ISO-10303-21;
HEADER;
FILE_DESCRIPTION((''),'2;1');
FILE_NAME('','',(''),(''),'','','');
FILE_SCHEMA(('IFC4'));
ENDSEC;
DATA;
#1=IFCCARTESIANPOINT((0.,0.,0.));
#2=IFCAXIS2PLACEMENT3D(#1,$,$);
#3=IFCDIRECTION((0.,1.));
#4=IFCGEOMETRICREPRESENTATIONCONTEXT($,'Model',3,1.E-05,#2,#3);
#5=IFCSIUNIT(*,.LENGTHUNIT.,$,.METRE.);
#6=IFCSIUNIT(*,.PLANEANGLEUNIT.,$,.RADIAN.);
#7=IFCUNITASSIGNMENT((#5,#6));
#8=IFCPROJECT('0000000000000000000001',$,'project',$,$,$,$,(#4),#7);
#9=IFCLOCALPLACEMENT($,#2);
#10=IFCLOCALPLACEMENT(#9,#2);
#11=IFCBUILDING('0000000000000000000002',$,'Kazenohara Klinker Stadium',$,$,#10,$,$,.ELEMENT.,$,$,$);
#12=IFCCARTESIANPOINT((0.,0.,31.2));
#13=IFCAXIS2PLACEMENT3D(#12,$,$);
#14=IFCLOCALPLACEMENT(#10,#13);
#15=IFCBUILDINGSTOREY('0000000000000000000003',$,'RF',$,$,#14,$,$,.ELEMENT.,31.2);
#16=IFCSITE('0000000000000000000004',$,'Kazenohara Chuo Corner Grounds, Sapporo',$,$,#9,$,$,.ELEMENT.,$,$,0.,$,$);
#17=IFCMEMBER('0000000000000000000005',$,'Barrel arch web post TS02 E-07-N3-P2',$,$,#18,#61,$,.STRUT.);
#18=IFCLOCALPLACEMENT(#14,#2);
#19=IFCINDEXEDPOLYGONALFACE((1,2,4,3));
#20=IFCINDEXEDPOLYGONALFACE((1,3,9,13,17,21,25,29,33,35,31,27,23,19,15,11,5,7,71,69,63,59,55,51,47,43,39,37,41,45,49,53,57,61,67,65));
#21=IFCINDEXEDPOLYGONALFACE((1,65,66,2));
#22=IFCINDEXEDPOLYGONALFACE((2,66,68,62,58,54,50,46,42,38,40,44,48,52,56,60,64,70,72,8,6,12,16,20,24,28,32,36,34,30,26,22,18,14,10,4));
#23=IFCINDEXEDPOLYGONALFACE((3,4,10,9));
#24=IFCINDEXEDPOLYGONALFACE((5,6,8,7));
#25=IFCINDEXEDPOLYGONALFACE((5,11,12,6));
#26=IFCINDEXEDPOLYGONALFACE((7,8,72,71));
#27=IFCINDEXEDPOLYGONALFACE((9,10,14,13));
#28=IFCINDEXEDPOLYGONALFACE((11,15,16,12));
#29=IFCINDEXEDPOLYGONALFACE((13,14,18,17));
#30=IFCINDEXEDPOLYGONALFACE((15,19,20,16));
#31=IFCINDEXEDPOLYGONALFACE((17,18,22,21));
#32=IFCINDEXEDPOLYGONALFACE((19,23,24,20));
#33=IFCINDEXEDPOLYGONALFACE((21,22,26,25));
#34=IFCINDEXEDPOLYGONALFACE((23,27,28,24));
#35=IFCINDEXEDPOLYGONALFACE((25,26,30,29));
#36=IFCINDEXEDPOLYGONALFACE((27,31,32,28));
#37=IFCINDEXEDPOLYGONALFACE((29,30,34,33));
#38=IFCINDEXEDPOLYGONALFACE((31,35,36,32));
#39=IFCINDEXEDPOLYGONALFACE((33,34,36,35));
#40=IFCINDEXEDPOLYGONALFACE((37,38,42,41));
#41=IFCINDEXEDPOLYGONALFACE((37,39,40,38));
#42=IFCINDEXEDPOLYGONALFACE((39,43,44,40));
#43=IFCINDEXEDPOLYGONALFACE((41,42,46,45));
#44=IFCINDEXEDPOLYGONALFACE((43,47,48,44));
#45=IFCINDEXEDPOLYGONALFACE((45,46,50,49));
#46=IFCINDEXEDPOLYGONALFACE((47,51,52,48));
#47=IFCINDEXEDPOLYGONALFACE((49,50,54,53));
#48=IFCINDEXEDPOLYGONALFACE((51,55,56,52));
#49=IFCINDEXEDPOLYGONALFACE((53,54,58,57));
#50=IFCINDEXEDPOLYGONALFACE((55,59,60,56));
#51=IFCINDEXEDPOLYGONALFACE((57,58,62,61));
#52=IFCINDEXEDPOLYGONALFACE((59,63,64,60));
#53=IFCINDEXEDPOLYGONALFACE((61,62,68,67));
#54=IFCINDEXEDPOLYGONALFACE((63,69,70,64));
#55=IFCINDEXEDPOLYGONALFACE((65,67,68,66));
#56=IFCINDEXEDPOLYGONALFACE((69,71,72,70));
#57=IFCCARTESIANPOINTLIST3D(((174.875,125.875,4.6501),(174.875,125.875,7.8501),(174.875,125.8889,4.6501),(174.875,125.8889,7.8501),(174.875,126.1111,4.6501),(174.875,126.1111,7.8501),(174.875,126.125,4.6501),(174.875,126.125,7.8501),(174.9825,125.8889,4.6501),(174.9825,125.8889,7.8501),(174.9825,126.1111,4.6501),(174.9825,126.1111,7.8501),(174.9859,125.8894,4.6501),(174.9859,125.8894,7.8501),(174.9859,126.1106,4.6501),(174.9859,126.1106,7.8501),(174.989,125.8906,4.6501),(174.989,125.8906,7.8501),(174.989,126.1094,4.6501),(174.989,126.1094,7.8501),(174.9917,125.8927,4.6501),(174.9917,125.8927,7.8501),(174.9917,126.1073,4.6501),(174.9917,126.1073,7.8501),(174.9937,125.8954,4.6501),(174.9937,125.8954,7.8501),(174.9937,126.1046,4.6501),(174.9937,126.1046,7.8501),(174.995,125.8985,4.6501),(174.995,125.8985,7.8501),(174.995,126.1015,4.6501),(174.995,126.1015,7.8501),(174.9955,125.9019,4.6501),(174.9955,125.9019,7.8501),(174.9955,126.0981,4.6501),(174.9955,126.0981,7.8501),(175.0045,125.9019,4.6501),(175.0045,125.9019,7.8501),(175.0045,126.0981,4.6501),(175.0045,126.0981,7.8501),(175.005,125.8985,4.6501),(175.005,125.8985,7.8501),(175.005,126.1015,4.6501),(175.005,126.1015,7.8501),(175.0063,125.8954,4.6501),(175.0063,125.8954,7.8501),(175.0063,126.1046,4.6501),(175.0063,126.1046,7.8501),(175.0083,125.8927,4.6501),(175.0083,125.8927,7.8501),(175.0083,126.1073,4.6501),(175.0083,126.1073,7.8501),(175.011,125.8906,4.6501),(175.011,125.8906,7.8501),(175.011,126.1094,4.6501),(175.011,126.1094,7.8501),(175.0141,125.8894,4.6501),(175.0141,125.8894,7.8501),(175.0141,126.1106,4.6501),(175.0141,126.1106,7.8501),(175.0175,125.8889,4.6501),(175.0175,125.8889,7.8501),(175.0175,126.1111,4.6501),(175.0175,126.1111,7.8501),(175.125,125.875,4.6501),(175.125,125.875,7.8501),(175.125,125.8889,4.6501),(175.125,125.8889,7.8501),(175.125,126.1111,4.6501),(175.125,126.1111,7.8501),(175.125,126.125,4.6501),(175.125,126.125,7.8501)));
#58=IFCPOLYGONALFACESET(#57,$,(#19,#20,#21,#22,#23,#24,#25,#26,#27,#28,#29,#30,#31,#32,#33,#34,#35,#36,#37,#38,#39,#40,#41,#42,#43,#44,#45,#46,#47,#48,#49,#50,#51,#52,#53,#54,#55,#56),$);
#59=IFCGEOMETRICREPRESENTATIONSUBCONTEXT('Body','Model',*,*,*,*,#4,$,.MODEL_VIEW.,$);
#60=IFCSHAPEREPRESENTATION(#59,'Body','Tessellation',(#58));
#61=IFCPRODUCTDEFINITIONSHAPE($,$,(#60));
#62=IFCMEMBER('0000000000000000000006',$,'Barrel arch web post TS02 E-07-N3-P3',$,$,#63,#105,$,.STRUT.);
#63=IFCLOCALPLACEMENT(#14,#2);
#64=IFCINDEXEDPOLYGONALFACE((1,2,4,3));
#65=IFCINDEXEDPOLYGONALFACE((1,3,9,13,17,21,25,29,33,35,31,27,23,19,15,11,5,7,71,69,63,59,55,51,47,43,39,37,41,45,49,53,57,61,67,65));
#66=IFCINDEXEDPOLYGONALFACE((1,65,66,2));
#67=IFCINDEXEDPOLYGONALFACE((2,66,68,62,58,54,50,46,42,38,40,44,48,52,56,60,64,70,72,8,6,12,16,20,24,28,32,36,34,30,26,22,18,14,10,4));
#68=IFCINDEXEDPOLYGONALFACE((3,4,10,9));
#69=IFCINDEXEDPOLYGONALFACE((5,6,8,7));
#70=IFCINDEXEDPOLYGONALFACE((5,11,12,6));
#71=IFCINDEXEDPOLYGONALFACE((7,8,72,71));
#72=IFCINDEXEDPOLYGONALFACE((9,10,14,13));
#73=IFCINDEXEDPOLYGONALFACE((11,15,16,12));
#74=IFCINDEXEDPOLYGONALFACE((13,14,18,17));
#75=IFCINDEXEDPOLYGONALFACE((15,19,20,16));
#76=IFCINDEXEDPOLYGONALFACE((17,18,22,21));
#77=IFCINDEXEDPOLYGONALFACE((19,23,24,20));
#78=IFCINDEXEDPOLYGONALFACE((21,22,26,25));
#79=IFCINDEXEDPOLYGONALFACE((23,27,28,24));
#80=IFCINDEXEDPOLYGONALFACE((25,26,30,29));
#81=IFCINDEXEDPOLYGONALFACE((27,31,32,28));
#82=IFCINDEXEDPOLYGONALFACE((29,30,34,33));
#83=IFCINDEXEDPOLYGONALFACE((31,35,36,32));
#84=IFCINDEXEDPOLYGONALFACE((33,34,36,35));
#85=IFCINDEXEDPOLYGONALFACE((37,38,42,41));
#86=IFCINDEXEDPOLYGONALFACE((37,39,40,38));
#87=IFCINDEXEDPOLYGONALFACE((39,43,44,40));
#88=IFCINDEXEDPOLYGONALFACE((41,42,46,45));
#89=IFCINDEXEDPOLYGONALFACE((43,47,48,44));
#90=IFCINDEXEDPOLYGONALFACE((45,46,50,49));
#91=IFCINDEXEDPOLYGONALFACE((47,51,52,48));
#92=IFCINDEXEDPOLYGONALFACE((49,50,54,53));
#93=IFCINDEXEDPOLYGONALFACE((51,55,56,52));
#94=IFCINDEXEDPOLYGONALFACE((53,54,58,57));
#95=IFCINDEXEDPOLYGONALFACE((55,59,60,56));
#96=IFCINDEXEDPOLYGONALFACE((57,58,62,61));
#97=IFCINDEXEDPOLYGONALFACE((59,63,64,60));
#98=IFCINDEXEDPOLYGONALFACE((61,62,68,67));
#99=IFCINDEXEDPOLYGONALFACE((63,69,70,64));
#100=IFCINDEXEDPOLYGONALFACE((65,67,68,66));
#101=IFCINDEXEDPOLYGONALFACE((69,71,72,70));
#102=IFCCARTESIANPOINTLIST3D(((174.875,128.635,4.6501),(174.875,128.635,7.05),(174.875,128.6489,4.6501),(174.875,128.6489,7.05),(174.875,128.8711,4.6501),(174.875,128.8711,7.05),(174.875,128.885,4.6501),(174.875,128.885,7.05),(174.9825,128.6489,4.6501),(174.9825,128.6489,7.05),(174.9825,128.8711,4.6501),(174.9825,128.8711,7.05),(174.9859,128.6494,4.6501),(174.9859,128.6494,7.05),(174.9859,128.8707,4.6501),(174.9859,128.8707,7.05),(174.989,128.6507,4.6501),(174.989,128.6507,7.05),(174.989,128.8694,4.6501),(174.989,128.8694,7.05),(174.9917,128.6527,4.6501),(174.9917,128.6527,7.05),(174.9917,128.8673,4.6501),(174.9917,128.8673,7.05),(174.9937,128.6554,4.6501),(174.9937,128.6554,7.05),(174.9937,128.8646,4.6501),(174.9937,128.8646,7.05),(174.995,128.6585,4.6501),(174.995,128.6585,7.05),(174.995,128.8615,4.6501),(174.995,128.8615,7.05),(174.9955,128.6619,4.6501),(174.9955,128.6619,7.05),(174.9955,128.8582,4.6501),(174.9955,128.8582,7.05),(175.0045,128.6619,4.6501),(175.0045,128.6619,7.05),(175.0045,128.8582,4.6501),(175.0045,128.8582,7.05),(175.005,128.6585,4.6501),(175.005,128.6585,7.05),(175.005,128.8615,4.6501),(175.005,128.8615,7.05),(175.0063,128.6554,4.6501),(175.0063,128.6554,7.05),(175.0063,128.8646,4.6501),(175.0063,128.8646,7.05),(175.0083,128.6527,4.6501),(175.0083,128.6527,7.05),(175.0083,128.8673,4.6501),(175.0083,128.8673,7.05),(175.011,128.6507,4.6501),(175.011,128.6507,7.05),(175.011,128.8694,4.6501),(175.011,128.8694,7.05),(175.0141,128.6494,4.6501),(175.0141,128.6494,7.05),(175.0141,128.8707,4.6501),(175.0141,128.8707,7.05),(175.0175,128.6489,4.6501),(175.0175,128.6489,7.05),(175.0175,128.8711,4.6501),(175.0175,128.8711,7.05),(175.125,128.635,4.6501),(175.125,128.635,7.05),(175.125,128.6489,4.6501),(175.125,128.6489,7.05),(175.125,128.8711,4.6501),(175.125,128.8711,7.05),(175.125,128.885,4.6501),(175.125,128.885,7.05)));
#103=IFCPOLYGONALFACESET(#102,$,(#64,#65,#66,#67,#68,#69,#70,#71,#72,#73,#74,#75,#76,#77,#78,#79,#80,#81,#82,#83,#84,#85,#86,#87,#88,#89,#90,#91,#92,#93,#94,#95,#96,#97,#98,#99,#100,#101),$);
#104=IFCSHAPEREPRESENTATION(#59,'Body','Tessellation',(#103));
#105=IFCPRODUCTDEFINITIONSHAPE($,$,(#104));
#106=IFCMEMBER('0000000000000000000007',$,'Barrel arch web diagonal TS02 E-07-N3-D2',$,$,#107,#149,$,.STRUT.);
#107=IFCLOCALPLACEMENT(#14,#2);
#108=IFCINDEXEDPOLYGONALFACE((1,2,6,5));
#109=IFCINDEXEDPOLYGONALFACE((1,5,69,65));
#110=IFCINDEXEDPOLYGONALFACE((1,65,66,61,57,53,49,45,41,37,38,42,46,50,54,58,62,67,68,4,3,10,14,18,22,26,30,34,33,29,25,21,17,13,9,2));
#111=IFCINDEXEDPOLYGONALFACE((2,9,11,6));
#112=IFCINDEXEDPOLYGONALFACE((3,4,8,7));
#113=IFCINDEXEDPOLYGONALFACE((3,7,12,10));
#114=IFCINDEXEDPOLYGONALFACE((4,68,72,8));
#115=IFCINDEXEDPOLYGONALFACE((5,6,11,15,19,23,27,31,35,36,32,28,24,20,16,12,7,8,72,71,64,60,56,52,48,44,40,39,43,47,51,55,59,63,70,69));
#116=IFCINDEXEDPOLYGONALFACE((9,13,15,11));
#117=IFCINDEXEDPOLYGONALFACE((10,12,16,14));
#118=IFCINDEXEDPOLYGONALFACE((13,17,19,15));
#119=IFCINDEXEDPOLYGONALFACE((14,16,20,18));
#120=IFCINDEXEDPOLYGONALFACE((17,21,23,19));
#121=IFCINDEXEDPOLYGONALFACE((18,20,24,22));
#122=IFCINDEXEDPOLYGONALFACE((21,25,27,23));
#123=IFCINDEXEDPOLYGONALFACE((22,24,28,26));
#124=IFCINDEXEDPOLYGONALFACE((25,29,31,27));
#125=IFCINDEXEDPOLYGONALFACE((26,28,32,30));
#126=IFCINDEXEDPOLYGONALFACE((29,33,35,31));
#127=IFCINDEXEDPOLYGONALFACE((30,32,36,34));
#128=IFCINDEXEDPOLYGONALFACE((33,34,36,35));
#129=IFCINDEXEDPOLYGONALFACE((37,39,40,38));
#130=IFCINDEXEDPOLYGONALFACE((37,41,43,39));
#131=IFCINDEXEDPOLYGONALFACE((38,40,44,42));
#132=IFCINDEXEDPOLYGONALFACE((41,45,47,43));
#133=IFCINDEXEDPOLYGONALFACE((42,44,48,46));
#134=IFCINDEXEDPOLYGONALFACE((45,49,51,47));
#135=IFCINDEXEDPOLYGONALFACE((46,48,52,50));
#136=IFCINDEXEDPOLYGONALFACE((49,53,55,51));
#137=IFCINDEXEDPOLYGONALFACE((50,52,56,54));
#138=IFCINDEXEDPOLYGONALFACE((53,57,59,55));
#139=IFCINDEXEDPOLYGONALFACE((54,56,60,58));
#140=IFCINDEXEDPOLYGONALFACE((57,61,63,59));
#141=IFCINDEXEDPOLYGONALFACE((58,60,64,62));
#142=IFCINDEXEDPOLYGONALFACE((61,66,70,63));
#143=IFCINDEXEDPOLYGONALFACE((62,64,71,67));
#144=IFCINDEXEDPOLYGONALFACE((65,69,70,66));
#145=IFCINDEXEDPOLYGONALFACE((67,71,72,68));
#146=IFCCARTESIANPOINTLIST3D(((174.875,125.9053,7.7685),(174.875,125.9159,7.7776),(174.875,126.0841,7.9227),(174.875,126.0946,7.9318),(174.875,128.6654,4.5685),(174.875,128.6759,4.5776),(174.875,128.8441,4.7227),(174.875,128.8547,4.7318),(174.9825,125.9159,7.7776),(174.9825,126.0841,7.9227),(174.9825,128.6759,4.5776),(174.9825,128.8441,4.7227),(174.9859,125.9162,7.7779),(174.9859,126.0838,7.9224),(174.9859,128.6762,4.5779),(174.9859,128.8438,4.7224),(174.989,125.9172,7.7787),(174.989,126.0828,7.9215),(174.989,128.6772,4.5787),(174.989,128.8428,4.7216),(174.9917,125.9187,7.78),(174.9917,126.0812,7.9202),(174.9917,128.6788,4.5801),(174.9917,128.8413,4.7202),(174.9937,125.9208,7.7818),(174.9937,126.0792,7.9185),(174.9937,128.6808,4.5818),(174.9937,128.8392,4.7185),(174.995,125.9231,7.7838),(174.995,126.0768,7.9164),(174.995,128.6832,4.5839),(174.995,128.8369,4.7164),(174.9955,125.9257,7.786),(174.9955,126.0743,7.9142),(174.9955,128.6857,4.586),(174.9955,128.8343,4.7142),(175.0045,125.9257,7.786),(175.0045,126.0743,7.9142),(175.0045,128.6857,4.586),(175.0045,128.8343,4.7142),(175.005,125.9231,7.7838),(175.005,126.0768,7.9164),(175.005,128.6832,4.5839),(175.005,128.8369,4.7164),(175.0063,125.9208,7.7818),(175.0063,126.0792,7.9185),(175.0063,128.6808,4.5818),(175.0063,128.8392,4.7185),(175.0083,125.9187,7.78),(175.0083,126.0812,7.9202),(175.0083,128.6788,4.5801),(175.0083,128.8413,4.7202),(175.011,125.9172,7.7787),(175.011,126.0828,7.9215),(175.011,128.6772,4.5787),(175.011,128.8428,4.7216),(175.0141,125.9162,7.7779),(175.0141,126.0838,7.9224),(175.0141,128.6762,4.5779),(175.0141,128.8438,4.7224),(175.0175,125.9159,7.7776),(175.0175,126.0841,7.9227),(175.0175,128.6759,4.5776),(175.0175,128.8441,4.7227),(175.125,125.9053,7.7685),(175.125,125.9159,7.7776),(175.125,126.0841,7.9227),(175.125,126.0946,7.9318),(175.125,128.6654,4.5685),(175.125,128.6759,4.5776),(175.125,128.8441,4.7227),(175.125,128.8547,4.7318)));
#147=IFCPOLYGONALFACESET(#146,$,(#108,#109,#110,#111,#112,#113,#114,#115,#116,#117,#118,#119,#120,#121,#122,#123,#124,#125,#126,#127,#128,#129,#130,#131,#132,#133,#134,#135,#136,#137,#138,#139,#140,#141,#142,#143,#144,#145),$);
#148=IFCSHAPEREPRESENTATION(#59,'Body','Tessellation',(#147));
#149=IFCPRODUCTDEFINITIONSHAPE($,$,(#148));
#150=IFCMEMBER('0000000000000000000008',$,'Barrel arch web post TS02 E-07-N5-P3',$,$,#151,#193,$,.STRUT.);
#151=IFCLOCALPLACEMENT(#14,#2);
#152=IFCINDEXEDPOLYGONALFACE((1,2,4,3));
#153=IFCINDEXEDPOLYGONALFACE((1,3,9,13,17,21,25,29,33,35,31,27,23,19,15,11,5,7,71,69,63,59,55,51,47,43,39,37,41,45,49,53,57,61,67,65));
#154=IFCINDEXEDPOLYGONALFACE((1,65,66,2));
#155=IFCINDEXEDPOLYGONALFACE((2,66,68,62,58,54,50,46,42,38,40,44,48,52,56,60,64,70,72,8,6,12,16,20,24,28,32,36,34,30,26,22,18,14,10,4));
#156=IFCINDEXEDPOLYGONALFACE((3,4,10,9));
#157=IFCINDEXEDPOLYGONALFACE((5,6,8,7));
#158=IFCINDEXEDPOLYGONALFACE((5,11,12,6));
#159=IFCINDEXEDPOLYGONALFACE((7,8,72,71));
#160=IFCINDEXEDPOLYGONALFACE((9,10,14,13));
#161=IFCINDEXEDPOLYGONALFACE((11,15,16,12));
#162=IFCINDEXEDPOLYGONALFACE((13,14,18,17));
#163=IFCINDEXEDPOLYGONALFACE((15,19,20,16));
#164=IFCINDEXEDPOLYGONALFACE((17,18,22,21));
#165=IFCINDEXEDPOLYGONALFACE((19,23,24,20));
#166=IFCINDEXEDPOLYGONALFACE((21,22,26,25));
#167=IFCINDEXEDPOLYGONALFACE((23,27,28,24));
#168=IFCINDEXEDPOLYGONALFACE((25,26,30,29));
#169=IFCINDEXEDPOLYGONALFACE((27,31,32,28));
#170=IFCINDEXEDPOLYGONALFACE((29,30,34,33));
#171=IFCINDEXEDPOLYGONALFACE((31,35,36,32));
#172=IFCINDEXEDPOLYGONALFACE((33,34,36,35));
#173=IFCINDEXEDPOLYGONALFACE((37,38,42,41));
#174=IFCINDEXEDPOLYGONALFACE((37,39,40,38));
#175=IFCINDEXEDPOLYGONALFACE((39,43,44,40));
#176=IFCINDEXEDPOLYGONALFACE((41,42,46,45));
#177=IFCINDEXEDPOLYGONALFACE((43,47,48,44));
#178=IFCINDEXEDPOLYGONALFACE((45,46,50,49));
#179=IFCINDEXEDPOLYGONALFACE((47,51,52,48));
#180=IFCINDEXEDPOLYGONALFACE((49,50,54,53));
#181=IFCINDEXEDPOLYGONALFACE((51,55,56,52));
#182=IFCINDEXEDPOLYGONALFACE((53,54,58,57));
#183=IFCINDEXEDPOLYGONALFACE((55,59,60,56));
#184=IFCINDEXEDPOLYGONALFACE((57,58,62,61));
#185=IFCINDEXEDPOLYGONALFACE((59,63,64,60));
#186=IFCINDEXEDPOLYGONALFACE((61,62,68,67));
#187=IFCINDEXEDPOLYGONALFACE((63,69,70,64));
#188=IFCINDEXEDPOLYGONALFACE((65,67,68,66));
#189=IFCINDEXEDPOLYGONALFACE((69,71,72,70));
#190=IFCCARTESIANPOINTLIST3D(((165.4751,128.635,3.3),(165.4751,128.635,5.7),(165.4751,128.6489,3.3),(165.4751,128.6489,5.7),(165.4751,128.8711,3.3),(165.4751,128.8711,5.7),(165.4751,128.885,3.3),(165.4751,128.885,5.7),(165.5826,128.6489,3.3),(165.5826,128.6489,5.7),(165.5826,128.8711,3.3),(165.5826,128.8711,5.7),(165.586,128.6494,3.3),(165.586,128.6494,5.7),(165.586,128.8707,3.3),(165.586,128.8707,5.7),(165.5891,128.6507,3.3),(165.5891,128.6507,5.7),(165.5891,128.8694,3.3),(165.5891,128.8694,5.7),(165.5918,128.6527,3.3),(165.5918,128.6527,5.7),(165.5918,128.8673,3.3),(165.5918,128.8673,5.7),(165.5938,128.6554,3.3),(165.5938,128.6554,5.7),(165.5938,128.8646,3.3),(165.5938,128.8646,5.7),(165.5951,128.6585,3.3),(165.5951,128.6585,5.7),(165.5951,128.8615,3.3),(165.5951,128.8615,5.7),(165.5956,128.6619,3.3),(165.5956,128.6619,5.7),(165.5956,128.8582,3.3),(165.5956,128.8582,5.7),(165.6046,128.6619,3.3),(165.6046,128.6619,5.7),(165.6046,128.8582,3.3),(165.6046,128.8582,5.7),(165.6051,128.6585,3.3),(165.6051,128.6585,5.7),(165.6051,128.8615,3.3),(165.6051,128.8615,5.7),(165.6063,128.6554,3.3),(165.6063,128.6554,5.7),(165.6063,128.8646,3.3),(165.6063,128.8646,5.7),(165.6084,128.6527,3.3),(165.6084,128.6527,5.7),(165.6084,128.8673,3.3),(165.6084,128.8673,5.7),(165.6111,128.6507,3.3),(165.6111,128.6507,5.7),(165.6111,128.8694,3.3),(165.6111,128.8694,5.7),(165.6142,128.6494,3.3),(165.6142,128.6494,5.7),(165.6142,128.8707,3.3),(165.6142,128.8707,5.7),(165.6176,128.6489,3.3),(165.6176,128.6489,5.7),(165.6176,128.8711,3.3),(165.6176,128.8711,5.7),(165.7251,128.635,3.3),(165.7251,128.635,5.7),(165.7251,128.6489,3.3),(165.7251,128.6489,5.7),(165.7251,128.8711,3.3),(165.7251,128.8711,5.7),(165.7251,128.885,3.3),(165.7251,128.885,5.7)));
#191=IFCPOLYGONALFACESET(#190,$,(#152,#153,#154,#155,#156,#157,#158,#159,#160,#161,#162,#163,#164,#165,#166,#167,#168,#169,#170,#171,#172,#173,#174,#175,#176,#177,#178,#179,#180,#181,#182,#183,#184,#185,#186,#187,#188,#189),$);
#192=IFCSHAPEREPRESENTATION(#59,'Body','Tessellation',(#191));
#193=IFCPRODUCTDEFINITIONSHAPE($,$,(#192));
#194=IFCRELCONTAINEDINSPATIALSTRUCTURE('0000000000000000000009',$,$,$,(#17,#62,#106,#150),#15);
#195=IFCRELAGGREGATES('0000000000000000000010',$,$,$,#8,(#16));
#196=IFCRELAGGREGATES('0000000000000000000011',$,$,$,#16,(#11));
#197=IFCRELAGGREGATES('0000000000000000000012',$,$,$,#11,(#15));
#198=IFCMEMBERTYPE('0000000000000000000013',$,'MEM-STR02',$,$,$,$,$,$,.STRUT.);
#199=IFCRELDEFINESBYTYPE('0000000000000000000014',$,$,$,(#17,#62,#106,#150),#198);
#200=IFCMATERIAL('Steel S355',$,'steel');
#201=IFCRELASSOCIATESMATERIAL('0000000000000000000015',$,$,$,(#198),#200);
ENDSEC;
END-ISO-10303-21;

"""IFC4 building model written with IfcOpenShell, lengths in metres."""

from ifc_helpers import new_model, si_unit, direction, frame, origin, origin_2d, place, context, subcontext, project, spatial, i_section, extrude, material, material_profile, profile_set, type_object, element, save


model = new_model("IFC4")

# Units and contexts
model_context = context("Model", 3, precision=1e-05, world=origin(), true_north=direction((0.0, 1.0)))
body_context = subcontext(model_context, "Body", "Model", "MODEL_VIEW")
ifc_project = project(units=[si_unit("LENGTHUNIT", "METRE"), si_unit("PLANEANGLEUNIT", "RADIAN")], contexts=[model_context])

# Site, building, storey
site_placement = place(None, origin())
site = spatial("IfcSite", under=ifc_project, at=site_placement, Name="Kazenohara Chuo Corner Grounds, Sapporo", CompositionType="ELEMENT", RefElevation=0.0)
building_placement = place(site_placement, origin())
building = spatial("IfcBuilding", under=site, at=building_placement, Name="Kazenohara Klinker Stadium", CompositionType="ELEMENT")
storey_placement = place(building_placement, frame((0.0, 0.0, 31.2)))
storey = spatial("IfcBuildingStorey", under=building, at=storey_placement, Name="RF", CompositionType="ELEMENT", Elevation=31.2)

# Members
ifc_material_1 = material(Name="Steel S355", Category="steel")
ifc_material_profile_1 = material_profile(ifc_material_1, i_section(OverallWidth=0.25, OverallDepth=0.25, WebThickness=0.009, FlangeThickness=0.0139, FilletRadius=0.0129, at=origin_2d()), Name="H-250x250x9x14")
ifc_profile_set_1 = profile_set([ifc_material_profile_1], Name="Steel S355")
member_type_1 = type_object("IfcMemberType", Name="MEM-STR02", PredefinedType="STRUT", material=ifc_profile_set_1)
member_1_placement = place(storey_placement, frame((175.0, 126.0, 4.6501), z_axis=(0.0, 0.0, 1.0), x_axis=(1.0, 0.0, 0.0)))
element("IfcMember", 1, at=member_1_placement, inside=storey, type_object=member_type_1, Name="Barrel arch web post TS02 E-07-N3-P2", PredefinedType="STRUT", context=body_context, shape_type="SweptSolid", body=[
    extrude(i_section(OverallWidth=0.25, OverallDepth=0.25, WebThickness=0.009, FlangeThickness=0.0139, FilletRadius=0.0129, at=origin_2d()), origin(), (0.0, 0.0, 1.0), 3.2),
])
member_2_placement = place(storey_placement, frame((175.0, 128.76, 4.6501), z_axis=(0.0, 0.0, 1.0), x_axis=(1.0, 0.0, 0.0)))
element("IfcMember", 2, at=member_2_placement, inside=storey, type_object=member_type_1, Name="Barrel arch web post TS02 E-07-N3-P3", PredefinedType="STRUT", context=body_context, shape_type="SweptSolid", body=[
    extrude(i_section(OverallWidth=0.25, OverallDepth=0.25, WebThickness=0.009, FlangeThickness=0.0139, FilletRadius=0.0129, at=origin_2d()), origin(), (0.0, 0.0, 1.0), 2.3999),
])
member_3_placement = place(storey_placement, frame((175.0, 128.76, 4.6501), z_axis=(0.0, -0.653134, 0.757242), x_axis=(1.0, 0.0, 0.0)))
element("IfcMember", 3, at=member_3_placement, inside=storey, type_object=member_type_1, Name="Barrel arch web diagonal TS02 E-07-N3-D2", PredefinedType="STRUT", context=body_context, shape_type="SweptSolid", body=[
    extrude(i_section(OverallWidth=0.25, OverallDepth=0.25, WebThickness=0.009, FlangeThickness=0.0139, FilletRadius=0.0129, at=origin_2d()), origin(), (0.0, 0.0, 1.0), 4.2258),
])
member_4_placement = place(storey_placement, frame((165.6001, 128.76, 3.3), z_axis=(0.0, 0.0, 1.0), x_axis=(1.0, 0.0, 0.0)))
element("IfcMember", 4, at=member_4_placement, inside=storey, type_object=member_type_1, Name="Barrel arch web post TS02 E-07-N5-P3", PredefinedType="STRUT", context=body_context, shape_type="SweptSolid", body=[
    extrude(i_section(OverallWidth=0.25, OverallDepth=0.25, WebThickness=0.009, FlangeThickness=0.0139, FilletRadius=0.0129, at=origin_2d()), origin(), (0.0, 0.0, 1.0), 2.3999),
])

save(model, "model.ifc")
